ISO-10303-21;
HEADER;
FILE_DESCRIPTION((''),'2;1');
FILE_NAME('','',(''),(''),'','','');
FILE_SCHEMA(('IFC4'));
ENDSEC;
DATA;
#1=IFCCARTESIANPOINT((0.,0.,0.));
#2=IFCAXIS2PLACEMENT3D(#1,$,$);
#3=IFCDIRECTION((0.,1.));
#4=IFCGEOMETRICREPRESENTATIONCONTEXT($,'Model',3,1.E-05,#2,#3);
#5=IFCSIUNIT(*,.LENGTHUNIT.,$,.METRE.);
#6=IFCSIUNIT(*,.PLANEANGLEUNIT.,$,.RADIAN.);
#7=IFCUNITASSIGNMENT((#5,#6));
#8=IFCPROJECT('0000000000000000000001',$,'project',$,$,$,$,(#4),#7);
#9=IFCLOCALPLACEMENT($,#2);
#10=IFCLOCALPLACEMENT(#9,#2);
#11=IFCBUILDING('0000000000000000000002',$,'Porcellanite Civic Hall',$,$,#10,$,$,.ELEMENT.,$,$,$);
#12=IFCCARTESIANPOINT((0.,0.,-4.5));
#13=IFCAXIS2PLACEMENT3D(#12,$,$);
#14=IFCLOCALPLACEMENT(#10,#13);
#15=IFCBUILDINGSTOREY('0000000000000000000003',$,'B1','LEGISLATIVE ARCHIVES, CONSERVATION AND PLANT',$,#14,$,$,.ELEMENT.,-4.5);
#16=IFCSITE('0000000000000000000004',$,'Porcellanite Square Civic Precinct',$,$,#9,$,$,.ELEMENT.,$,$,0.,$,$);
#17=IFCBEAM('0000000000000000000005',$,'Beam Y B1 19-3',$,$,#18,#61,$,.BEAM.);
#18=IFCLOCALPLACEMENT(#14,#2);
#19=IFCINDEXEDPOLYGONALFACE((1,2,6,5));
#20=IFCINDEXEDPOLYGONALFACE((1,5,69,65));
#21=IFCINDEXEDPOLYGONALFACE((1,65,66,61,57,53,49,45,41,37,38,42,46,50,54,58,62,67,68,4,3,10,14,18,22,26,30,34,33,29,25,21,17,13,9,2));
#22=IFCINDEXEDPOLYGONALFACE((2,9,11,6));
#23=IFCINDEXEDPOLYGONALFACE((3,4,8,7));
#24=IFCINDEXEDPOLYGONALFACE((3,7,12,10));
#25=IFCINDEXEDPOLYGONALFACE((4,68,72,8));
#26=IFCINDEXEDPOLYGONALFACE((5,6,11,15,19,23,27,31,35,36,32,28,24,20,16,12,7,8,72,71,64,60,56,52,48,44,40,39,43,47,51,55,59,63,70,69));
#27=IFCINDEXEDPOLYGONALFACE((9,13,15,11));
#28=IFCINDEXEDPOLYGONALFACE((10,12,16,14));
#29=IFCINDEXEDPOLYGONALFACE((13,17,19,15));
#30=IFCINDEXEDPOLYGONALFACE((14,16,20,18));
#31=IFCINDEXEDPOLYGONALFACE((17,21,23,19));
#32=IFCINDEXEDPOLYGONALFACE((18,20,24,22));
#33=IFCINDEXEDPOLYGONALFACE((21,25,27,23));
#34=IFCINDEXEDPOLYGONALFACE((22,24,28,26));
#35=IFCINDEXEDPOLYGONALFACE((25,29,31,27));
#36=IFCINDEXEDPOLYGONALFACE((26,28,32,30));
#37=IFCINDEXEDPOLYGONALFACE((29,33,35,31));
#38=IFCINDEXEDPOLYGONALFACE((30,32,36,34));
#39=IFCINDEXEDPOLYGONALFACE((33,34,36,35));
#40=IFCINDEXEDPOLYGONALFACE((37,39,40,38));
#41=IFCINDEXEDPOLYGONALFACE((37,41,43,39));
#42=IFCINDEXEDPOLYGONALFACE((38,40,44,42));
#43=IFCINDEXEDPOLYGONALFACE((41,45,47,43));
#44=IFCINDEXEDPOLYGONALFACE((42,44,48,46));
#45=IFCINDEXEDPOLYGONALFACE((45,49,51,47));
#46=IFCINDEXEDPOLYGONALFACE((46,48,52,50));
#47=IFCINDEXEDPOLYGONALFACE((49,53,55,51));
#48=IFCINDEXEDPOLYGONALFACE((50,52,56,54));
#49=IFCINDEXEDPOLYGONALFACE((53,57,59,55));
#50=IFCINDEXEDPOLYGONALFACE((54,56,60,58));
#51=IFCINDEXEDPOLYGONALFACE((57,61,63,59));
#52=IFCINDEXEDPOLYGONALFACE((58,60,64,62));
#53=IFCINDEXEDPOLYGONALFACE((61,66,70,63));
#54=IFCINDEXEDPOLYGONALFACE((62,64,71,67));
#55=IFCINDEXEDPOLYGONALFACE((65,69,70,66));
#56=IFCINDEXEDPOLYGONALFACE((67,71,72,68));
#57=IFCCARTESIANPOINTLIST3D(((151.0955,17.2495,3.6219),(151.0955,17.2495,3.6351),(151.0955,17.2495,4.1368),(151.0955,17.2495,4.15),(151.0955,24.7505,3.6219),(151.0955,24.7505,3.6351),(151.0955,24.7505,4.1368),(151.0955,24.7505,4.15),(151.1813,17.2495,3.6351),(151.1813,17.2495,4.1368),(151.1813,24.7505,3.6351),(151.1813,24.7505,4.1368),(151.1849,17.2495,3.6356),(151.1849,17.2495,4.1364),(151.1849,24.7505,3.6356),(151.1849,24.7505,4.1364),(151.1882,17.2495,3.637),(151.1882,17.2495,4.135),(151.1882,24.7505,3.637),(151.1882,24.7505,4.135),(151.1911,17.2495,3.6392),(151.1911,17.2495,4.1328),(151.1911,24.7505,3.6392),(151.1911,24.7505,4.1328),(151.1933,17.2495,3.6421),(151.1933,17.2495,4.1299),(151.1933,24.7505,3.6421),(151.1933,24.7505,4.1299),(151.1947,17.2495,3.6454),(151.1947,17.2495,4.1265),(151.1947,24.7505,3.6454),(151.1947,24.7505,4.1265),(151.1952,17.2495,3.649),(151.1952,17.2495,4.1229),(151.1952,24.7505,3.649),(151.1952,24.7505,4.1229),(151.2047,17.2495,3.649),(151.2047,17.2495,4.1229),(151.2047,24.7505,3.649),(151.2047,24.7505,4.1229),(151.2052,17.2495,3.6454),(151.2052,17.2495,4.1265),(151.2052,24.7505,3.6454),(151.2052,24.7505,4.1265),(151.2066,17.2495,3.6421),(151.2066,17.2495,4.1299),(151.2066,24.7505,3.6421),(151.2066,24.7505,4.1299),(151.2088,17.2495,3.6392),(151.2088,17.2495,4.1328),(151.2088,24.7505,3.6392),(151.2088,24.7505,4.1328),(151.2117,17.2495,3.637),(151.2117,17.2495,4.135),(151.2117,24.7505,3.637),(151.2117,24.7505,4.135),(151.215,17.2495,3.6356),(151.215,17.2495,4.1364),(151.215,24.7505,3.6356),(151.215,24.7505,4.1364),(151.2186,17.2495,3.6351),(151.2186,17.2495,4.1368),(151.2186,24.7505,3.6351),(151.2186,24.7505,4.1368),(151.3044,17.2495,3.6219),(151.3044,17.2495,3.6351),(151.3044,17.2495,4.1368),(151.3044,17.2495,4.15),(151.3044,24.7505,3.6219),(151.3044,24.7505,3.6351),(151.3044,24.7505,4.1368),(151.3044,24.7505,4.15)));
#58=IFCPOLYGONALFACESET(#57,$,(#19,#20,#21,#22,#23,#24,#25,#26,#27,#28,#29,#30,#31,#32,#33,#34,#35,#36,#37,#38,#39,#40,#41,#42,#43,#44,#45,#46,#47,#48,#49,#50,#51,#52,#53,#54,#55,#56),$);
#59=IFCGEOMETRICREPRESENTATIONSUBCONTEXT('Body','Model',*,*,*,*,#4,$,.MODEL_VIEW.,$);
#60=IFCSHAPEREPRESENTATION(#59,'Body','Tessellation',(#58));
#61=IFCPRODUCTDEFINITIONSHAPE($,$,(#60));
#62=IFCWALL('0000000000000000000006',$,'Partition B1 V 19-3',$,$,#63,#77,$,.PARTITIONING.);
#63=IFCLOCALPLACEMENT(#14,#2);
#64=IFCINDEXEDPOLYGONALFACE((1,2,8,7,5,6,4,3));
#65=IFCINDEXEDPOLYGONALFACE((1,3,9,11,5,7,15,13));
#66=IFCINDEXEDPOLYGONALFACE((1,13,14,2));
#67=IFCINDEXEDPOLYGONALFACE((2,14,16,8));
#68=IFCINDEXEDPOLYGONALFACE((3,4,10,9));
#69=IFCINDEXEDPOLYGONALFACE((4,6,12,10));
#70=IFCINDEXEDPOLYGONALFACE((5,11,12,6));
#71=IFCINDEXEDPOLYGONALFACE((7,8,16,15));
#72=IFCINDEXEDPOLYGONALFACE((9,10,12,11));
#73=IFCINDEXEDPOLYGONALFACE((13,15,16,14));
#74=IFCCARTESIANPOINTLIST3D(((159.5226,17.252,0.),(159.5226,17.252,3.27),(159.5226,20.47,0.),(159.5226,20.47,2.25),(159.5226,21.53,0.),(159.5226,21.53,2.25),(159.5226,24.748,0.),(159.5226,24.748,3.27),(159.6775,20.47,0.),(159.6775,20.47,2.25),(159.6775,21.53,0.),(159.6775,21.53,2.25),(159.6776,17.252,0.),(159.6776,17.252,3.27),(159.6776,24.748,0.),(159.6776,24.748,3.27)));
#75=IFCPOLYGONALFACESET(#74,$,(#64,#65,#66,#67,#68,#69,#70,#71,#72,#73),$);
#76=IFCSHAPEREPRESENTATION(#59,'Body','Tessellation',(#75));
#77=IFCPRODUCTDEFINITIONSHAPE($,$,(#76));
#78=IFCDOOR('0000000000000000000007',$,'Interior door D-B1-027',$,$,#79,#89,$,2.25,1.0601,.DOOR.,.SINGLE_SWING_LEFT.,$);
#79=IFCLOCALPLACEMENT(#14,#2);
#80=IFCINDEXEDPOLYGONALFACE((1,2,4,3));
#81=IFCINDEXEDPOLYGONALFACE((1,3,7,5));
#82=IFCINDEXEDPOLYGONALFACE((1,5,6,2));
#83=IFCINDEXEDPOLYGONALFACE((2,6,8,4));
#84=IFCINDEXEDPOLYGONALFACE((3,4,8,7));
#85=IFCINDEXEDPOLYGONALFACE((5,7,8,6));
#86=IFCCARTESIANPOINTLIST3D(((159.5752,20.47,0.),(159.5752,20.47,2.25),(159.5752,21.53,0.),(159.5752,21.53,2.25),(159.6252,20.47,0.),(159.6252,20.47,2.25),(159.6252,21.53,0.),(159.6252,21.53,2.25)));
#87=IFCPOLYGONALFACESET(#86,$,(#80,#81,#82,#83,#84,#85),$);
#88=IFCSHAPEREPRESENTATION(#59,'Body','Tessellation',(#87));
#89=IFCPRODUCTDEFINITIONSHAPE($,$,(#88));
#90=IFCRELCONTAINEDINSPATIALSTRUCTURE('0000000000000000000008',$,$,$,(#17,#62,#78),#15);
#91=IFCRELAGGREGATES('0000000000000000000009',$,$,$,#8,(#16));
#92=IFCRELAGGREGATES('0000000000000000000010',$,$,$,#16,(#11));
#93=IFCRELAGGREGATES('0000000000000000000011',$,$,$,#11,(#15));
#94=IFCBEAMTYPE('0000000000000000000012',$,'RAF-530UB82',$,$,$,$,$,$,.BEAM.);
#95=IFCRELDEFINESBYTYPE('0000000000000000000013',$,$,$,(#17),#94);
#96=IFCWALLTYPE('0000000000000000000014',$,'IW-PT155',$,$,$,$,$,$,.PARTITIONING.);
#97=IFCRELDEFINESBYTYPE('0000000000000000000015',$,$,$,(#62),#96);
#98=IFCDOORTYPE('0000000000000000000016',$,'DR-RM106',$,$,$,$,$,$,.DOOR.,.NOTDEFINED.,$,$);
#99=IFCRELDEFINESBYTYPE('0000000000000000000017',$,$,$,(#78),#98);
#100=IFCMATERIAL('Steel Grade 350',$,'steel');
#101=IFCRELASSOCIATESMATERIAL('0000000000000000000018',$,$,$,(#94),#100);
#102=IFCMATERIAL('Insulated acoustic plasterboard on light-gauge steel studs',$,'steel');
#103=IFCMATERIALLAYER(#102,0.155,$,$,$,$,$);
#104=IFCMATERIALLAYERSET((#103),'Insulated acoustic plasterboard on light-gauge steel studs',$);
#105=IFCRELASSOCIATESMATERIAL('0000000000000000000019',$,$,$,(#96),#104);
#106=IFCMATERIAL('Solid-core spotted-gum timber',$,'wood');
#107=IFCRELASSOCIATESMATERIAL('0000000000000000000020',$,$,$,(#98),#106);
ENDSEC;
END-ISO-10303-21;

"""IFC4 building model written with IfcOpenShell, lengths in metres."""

from ifc_helpers import new_model, si_unit, direction, frame, frame_2d, origin, origin_2d, place, context, subcontext, project, spatial, rectangle, i_section, extrude, material, layer, layer_set, material_profile, profile_set, type_object, element, fill, save


model = new_model("IFC4")

# Units and contexts
model_context = context("Model", 3, precision=1e-05, world=origin(), true_north=direction((0.0, 1.0)))
body_context = subcontext(model_context, "Body", "Model", "MODEL_VIEW")
ifc_project = project(units=[si_unit("LENGTHUNIT", "METRE"), si_unit("PLANEANGLEUNIT", "RADIAN")], contexts=[model_context])

# Site, building, storey
site_placement = place(None, origin())
site = spatial("IfcSite", under=ifc_project, at=site_placement, Name="Porcellanite Square Civic Precinct", CompositionType="ELEMENT", RefElevation=0.0)
building_placement = place(site_placement, origin())
building = spatial("IfcBuilding", under=site, at=building_placement, Name="Porcellanite Civic Hall", CompositionType="ELEMENT")
storey_placement = place(building_placement, frame((0.0, 0.0, -4.5)))
storey = spatial("IfcBuildingStorey", under=building, at=storey_placement, Name="B1", Description="LEGISLATIVE ARCHIVES, CONSERVATION AND PLANT", CompositionType="ELEMENT", Elevation=-4.5)

# Beam
ifc_material_1 = material(Name="Steel Grade 350", Category="steel")
ifc_material_profile_1 = material_profile(ifc_material_1, i_section(OverallWidth=0.209, OverallDepth=0.5281, WebThickness=0.0095, FlangeThickness=0.0132, FilletRadius=0.0139, at=origin_2d()), Name="530UB82.0")
ifc_profile_set_1 = profile_set([ifc_material_profile_1], Name="Steel Grade 350")
beam_type_1 = type_object("IfcBeamType", Name="RAF-530UB82", PredefinedType="BEAM", material=ifc_profile_set_1)
beam_1_placement = place(storey_placement, frame((151.2, 17.2495, 3.886), z_axis=(0.0, 1.0, 0.0), x_axis=(-1.0, 0.0, 0.0)))
element("IfcBeam", 1, at=beam_1_placement, inside=storey, type_object=beam_type_1, Name="Beam Y B1 19-3", PredefinedType="BEAM", context=body_context, shape_type="SweptSolid", body=[
    extrude(i_section(OverallWidth=0.209, OverallDepth=0.5281, WebThickness=0.0095, FlangeThickness=0.0132, FilletRadius=0.0139, at=origin_2d()), origin(), (0.0, 0.0, 1.0), 7.501),
])

# Wall, opening, door
ifc_material_2 = material(Name="Insulated acoustic plasterboard on light-gauge steel studs", Category="steel")
ifc_layer = layer(ifc_material_2, 0.155)
ifc_layer_set = layer_set([ifc_layer], Name="Insulated acoustic plasterboard on light-gauge steel studs")
wall_type = type_object("IfcWallType", Name="IW-PT155", PredefinedType="PARTITIONING", material=ifc_layer_set)
wall_placement = place(storey_placement, frame((159.6001, 17.252, 0.0), z_axis=(0.0, 0.0, 1.0), x_axis=(0.0, 1.0, 0.0)))
wall = element("IfcWall", 2, at=wall_placement, inside=storey, type_object=wall_type, Name="Partition B1 V 19-3", PredefinedType="PARTITIONING", context=body_context, shape_type="SweptSolid", body=[
    extrude(rectangle(XDim=7.4961, YDim=0.155, at=frame_2d((3.748, 0.0))), origin(), (0.0, 0.0, 1.0), 3.27),
])
opening_placement = place(wall_placement, frame((3.218, 0.0, 0.0)))
opening = element("IfcOpeningElement", 3, at=opening_placement, cuts=wall, PredefinedType="OPENING", context=body_context, shape_type="SweptSolid", body=[
    extrude(rectangle(XDim=1.0601, YDim=2.25, at=frame_2d((0.53, 1.125))), frame((0.0, 0.0776, 0.0), z_axis=(0.0, -1.0, 0.0), x_axis=(1.0, 0.0, 0.0)), (0.0, 0.0, 1.0), 0.155),
])
ifc_material_3 = material(Name="Solid-core spotted-gum timber", Category="wood")
door_type = type_object("IfcDoorType", Name="DR-RM106", OperationType="NOTDEFINED", PredefinedType="DOOR", material=ifc_material_3)
door_placement = place(opening_placement, origin())
door = element("IfcDoor", 4, at=door_placement, inside=storey, type_object=door_type, Name="Interior door D-B1-027", OperationType="SINGLE_SWING_LEFT", OverallHeight=2.25, OverallWidth=1.0601, PredefinedType="DOOR", context=body_context, shape_type="SweptSolid", body=[
    extrude(rectangle(XDim=1.0601, YDim=2.25, at=frame_2d((0.53, 1.125))), frame((0.0, 0.0249, 0.0), z_axis=(0.0, -1.0, 0.0), x_axis=(1.0, 0.0, 0.0)), (0.0, 0.0, 1.0), 0.05),
])
fill(opening, door)

save(model, "model.ifc")
